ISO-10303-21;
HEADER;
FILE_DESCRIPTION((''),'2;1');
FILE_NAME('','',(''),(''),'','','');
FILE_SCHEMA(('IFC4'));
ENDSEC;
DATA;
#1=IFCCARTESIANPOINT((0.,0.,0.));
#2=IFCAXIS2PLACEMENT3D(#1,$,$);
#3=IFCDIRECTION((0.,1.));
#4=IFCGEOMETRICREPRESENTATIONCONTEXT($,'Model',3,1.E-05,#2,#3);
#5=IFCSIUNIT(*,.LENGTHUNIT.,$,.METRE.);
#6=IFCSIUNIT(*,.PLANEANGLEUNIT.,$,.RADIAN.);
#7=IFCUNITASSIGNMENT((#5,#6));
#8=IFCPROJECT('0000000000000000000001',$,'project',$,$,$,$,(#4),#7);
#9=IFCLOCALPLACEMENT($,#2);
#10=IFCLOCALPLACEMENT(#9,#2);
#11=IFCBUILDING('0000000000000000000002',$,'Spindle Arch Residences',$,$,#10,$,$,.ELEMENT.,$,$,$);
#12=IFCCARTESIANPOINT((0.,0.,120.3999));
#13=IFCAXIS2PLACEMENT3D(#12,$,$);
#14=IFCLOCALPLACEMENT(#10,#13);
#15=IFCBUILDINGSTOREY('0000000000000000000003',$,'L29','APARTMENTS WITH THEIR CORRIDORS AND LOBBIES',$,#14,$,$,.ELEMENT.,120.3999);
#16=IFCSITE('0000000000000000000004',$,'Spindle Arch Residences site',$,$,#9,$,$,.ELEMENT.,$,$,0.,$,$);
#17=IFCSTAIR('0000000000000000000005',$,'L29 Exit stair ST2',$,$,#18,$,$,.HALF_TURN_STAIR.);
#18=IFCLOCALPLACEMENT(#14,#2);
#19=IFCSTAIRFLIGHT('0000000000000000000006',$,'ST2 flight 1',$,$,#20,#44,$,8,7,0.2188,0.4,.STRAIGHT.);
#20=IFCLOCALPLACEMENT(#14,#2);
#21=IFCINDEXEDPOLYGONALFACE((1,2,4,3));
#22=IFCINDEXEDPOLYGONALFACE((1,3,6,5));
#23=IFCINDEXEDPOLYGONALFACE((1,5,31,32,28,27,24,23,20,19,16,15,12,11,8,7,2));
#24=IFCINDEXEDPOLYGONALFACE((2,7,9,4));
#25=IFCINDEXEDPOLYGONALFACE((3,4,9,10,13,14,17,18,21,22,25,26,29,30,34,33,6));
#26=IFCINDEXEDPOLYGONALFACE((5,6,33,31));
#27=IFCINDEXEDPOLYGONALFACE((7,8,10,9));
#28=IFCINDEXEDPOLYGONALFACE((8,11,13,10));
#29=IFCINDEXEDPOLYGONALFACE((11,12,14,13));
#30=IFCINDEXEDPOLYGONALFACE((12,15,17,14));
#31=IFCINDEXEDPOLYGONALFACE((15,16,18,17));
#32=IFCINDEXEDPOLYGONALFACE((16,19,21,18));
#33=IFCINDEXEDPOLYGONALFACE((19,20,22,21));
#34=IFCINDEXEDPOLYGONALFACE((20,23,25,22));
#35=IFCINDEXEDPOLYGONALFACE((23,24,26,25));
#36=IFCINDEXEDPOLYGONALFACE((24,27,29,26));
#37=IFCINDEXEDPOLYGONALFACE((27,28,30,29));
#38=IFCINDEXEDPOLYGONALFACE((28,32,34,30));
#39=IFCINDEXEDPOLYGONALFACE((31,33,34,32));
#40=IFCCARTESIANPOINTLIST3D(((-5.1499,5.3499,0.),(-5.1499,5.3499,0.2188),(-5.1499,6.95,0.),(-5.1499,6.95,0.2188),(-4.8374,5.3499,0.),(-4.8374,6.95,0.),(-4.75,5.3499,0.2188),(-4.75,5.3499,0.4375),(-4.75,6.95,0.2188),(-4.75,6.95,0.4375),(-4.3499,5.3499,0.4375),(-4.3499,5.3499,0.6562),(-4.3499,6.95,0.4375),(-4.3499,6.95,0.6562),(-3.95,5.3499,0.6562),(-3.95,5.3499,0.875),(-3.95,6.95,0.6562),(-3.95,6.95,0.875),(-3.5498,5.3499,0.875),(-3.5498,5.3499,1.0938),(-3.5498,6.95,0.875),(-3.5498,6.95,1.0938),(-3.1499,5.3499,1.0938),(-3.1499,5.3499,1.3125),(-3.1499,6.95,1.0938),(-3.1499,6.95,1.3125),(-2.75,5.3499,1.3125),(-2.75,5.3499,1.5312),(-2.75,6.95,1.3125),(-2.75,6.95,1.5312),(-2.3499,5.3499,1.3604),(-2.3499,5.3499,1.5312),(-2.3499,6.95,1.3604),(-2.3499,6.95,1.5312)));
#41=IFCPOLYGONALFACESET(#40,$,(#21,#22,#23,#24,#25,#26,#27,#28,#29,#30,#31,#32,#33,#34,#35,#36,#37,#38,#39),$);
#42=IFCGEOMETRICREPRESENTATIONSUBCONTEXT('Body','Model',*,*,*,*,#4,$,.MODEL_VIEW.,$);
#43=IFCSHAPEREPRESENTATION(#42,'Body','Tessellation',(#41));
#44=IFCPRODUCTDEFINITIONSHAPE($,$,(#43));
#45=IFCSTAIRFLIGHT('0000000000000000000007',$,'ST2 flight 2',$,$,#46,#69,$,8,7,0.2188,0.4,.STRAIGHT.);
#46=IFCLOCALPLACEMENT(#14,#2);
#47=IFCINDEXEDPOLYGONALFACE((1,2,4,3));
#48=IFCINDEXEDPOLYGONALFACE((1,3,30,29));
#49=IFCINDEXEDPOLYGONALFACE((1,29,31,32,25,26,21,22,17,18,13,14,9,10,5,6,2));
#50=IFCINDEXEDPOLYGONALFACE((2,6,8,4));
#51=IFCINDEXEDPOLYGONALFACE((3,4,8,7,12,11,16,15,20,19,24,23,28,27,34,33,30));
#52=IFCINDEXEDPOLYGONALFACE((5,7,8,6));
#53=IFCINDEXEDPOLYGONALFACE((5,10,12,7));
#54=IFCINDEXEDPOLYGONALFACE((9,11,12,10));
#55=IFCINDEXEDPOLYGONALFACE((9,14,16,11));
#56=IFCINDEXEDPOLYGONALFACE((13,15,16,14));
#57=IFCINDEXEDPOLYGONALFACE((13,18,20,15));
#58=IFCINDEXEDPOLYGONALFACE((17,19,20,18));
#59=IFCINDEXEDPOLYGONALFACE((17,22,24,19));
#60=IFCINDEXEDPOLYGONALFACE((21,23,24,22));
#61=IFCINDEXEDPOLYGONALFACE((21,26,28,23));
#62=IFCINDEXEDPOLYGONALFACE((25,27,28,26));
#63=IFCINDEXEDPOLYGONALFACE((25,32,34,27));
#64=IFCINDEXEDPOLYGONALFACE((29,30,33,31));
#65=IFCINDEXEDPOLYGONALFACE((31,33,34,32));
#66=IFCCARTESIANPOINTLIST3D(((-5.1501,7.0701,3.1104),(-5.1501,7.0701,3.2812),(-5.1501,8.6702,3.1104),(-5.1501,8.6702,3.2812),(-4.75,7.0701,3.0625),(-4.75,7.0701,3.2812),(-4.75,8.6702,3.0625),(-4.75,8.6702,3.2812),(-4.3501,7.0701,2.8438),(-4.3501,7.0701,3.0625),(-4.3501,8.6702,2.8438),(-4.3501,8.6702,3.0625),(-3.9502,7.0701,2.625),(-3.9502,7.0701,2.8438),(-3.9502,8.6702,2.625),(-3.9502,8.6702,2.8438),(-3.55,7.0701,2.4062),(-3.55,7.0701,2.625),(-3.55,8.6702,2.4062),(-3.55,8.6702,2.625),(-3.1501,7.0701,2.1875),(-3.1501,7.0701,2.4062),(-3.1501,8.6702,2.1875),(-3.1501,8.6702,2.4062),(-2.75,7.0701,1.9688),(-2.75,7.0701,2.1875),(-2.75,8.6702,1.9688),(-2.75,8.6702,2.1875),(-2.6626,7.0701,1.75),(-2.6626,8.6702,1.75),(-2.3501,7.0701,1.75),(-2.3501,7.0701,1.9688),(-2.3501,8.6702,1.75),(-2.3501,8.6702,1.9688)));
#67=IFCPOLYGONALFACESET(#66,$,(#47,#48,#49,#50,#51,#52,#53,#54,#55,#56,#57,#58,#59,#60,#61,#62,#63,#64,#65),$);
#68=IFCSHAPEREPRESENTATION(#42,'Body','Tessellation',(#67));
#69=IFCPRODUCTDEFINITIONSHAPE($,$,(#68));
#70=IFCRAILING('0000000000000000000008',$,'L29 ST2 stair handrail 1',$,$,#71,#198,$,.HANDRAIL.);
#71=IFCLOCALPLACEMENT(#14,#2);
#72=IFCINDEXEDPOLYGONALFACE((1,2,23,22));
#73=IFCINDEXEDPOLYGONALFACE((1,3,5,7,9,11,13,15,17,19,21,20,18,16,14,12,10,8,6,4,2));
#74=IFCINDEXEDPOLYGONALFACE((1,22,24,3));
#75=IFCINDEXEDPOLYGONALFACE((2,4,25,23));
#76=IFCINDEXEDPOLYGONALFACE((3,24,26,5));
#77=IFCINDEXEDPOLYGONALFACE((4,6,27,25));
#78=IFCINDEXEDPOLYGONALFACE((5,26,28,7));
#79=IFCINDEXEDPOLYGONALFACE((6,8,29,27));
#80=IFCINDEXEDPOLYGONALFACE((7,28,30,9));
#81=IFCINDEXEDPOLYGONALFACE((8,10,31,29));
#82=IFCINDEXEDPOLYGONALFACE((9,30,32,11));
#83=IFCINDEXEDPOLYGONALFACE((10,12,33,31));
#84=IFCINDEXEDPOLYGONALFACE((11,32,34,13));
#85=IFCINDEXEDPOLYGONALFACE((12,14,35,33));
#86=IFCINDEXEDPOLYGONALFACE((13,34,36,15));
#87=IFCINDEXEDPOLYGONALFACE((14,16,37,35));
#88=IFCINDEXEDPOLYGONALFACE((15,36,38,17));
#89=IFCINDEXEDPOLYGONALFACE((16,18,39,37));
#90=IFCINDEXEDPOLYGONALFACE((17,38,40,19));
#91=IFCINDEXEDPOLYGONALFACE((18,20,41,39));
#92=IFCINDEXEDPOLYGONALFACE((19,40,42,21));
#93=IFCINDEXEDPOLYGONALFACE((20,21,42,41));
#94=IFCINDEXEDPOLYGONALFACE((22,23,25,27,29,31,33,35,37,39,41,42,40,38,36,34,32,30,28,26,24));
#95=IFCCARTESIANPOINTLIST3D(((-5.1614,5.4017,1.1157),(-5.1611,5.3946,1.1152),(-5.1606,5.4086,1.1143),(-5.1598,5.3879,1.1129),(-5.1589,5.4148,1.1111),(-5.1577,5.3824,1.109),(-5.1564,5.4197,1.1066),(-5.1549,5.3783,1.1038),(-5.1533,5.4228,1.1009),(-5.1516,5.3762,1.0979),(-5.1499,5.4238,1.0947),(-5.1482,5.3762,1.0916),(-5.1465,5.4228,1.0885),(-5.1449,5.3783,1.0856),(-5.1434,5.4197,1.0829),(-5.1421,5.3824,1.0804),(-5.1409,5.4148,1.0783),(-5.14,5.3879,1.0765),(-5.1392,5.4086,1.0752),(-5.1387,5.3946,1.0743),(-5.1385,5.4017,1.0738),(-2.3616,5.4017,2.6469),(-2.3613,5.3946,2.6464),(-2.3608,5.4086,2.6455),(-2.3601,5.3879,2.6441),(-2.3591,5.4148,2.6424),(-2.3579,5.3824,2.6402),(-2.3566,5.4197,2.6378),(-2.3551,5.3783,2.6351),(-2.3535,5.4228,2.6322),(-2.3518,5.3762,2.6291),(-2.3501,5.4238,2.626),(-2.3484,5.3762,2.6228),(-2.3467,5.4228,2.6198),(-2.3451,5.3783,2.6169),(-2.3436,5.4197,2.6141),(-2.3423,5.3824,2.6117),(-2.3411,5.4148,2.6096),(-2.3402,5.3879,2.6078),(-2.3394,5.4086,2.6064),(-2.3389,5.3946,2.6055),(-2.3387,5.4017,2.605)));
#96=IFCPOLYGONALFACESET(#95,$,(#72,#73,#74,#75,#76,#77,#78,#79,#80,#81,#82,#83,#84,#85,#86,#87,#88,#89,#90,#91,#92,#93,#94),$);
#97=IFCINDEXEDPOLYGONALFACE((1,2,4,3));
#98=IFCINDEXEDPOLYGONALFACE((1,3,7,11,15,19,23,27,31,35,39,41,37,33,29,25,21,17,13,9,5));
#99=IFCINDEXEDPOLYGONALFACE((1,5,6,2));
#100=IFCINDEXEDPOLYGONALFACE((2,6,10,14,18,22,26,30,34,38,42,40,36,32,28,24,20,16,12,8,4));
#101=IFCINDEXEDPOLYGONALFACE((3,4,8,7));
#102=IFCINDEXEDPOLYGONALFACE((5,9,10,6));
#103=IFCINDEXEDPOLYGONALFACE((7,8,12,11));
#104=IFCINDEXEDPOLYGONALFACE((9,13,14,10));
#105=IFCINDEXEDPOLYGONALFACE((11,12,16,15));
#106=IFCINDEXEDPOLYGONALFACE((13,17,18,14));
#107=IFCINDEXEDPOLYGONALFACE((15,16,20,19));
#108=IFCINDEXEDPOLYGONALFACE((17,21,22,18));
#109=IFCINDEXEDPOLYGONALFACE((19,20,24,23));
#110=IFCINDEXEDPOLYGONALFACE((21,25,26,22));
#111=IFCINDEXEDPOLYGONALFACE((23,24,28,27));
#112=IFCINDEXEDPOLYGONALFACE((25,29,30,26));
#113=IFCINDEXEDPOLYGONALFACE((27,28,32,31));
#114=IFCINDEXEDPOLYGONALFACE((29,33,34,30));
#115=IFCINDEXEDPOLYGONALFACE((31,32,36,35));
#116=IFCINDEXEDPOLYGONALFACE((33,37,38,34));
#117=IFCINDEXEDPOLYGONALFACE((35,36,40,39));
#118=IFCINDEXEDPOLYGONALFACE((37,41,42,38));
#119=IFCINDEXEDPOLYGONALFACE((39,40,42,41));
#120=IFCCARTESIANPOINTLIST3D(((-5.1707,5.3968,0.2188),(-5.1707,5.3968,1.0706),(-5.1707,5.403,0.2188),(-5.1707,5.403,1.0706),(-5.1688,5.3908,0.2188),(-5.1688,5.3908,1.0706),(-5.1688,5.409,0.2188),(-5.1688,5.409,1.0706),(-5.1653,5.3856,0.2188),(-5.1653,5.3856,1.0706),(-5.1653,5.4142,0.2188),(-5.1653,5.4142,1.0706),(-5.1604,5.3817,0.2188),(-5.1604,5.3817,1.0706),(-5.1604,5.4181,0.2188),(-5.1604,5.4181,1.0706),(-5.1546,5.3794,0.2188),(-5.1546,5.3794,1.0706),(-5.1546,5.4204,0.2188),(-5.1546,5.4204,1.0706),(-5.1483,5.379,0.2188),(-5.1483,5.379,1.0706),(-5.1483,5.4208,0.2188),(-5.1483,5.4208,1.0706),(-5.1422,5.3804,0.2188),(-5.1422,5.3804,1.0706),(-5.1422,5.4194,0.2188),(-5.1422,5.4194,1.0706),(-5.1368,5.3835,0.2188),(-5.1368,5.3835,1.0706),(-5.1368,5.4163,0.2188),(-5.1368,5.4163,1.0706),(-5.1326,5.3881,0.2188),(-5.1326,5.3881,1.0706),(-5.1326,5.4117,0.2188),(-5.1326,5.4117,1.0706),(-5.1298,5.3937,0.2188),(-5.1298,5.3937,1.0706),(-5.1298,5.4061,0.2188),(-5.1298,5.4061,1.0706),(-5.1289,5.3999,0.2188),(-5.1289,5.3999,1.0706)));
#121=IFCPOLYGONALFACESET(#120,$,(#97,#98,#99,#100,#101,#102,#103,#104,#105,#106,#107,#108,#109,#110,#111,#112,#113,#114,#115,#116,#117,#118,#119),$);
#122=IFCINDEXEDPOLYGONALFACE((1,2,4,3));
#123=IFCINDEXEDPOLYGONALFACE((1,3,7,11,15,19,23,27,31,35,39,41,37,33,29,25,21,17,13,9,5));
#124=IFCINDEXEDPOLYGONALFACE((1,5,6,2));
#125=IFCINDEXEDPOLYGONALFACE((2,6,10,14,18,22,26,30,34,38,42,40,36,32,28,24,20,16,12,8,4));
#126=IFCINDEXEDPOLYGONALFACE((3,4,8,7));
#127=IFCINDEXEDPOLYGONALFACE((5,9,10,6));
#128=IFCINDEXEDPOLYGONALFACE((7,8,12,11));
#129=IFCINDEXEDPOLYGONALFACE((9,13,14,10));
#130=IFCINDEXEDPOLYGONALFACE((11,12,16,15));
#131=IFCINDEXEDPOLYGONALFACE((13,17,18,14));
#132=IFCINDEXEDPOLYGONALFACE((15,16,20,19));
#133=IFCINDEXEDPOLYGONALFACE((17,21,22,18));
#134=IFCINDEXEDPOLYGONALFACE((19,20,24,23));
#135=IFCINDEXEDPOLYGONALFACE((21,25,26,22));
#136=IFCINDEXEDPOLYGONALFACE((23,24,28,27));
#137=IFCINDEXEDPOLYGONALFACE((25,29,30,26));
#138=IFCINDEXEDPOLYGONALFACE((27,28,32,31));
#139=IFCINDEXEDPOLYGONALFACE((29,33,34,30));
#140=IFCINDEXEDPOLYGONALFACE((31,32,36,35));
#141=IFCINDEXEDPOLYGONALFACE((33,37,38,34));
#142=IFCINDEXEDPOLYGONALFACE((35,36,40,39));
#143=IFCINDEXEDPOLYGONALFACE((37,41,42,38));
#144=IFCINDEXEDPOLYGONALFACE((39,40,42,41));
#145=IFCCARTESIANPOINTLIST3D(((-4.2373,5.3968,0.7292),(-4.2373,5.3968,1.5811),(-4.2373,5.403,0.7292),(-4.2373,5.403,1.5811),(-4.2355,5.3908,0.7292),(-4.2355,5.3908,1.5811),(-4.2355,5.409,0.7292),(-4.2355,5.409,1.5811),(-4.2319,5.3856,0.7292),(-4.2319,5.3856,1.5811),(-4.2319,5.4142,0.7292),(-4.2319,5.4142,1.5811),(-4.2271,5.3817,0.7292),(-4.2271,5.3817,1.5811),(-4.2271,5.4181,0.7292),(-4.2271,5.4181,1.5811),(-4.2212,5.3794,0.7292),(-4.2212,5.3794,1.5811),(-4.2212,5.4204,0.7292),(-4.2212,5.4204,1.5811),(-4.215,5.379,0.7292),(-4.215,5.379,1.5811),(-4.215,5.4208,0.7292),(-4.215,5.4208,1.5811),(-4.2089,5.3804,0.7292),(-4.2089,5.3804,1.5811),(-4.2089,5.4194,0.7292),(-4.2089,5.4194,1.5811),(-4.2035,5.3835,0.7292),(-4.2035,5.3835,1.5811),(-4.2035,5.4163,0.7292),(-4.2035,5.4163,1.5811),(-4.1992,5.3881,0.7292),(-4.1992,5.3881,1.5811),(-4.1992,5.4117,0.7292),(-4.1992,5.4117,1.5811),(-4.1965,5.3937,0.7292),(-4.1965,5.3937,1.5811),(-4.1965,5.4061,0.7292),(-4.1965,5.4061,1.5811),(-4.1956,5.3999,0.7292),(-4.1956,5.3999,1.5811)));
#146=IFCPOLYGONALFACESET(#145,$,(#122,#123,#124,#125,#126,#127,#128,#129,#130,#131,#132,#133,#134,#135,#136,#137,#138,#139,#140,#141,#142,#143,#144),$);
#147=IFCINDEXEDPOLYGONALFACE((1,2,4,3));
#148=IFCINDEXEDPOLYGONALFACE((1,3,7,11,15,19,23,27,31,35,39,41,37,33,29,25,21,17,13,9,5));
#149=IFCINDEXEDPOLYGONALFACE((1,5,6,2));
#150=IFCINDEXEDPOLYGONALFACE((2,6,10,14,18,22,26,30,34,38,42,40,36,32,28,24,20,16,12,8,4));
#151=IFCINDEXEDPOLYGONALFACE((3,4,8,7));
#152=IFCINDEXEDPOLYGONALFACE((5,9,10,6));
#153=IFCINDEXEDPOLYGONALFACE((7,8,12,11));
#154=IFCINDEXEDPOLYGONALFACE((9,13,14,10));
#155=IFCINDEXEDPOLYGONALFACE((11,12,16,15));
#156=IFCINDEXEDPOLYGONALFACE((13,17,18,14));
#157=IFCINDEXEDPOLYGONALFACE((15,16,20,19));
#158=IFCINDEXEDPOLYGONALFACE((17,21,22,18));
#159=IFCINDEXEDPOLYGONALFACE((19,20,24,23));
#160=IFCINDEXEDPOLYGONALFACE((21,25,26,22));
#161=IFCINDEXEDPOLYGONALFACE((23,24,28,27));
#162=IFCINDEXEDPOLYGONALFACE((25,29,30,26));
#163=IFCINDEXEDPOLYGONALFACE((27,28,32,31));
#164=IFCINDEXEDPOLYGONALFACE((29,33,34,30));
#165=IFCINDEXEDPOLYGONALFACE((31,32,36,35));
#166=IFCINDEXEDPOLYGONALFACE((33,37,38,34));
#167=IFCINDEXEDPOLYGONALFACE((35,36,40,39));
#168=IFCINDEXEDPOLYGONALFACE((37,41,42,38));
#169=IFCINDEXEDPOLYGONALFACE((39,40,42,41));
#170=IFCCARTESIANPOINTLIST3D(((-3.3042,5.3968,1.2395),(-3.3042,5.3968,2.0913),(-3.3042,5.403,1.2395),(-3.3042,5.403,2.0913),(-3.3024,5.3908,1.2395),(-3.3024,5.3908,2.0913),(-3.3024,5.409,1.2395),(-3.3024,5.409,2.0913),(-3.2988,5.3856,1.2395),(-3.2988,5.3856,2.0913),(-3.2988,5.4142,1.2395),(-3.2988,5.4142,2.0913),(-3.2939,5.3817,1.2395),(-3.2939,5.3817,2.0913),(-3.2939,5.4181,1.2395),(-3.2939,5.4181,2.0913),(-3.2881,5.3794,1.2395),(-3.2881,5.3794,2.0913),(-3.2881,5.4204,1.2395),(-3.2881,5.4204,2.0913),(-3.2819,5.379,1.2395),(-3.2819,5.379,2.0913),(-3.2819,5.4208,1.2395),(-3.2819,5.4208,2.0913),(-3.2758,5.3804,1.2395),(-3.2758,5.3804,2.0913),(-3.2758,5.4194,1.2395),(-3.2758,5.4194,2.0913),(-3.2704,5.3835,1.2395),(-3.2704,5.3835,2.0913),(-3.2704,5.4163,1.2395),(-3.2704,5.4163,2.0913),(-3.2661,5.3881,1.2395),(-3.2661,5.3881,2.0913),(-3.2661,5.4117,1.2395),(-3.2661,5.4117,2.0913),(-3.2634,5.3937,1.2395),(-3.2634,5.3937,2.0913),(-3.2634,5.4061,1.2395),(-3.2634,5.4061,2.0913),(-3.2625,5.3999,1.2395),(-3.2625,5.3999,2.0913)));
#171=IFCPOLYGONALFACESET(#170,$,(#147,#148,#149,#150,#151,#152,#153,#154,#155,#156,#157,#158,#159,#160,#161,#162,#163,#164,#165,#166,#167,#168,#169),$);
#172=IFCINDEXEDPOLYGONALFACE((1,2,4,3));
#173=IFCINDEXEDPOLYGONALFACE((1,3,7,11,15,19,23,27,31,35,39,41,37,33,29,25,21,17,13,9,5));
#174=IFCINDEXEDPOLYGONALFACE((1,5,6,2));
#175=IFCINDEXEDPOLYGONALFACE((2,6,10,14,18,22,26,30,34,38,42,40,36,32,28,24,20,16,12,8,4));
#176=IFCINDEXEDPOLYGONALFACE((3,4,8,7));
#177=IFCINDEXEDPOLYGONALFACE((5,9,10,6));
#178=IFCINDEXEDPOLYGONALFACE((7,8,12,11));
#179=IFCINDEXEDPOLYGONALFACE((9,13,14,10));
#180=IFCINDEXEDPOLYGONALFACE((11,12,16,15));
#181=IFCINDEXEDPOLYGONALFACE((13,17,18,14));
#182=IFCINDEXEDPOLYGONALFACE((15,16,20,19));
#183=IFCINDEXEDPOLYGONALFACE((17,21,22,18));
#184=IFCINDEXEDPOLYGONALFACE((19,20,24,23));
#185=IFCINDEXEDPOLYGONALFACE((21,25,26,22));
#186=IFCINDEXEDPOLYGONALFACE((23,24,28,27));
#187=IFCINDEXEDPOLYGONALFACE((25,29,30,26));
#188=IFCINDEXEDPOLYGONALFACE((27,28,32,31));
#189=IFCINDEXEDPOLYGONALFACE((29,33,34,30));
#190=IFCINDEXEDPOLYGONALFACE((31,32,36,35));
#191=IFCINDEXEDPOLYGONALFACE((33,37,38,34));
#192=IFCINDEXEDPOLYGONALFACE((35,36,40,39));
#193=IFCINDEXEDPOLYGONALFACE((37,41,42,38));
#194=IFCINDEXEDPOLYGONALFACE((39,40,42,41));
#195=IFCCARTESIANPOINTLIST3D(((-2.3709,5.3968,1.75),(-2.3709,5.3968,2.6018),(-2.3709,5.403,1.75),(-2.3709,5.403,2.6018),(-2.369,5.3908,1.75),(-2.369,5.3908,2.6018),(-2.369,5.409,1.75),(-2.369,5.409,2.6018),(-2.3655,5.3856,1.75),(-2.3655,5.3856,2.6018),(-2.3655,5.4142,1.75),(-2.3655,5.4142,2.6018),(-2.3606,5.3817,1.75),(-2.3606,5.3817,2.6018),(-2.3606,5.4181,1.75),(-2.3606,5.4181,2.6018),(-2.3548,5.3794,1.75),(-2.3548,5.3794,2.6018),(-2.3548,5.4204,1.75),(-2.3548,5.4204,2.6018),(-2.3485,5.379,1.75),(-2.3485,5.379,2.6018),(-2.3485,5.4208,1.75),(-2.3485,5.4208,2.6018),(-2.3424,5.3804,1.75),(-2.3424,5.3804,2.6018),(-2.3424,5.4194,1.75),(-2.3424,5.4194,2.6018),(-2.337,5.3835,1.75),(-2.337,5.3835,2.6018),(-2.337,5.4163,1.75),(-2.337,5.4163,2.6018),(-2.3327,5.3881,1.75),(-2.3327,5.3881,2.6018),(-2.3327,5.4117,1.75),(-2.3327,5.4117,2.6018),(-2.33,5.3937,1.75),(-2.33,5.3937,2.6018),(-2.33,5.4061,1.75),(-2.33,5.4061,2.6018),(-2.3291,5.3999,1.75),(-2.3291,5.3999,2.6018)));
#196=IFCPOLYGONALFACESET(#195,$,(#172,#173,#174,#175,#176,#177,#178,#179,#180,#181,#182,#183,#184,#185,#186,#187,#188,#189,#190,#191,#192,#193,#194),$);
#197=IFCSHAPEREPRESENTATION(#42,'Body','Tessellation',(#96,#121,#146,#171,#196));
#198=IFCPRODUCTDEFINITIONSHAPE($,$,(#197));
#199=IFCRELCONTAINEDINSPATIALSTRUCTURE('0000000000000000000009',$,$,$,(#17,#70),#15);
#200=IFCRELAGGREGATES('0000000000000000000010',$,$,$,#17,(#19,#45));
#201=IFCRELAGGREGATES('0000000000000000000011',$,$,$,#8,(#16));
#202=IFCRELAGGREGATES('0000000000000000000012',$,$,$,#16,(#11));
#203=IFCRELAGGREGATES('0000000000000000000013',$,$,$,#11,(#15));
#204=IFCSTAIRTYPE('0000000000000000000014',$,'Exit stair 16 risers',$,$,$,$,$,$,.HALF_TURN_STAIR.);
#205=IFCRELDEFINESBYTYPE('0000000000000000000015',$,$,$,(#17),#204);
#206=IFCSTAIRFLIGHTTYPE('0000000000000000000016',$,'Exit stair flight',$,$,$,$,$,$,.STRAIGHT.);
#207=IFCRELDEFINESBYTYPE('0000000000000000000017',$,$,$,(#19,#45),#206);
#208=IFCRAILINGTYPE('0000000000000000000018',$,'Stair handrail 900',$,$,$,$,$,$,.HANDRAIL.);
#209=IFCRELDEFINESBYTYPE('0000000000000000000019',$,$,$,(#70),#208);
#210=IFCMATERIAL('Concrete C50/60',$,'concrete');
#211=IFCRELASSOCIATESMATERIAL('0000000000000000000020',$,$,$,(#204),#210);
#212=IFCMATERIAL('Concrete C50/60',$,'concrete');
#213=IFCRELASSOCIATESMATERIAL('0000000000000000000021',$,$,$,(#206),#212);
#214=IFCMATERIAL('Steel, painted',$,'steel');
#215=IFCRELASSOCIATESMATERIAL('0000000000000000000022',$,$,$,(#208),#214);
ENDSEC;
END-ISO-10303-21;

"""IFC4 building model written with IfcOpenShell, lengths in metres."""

from ifc_helpers import new_model, si_unit, direction, frame, origin, origin_2d, place, context, subcontext, project, spatial, polyline, circle, outline, extrude, material, type_object, element, aggregate, save


model = new_model("IFC4")

# Units and contexts
model_context = context("Model", 3, precision=1e-05, world=origin(), true_north=direction((0.0, 1.0)))
body_context = subcontext(model_context, "Body", "Model", "MODEL_VIEW")
ifc_project = project(units=[si_unit("LENGTHUNIT", "METRE"), si_unit("PLANEANGLEUNIT", "RADIAN")], contexts=[model_context])

# Site, building, storey
site_placement = place(None, origin())
site = spatial("IfcSite", under=ifc_project, at=site_placement, Name="Spindle Arch Residences site", CompositionType="ELEMENT", RefElevation=0.0)
building_placement = place(site_placement, origin())
building = spatial("IfcBuilding", under=site, at=building_placement, Name="Spindle Arch Residences", CompositionType="ELEMENT")
storey_placement = place(building_placement, frame((0.0, 0.0, 120.3999)))
storey = spatial("IfcBuildingStorey", under=building, at=storey_placement, Name="L29", Description="APARTMENTS WITH THEIR CORRIDORS AND LOBBIES", CompositionType="ELEMENT", Elevation=120.3999)

# Stair, stair flights
ifc_material_1 = material(Name="Concrete C50/60", Category="concrete")
stair_type = type_object("IfcStairType", Name="Exit stair 16 risers", PredefinedType="HALF_TURN_STAIR", material=ifc_material_1)
stair_placement = place(storey_placement, origin())
stair = element("IfcStair", 1, at=stair_placement, inside=storey, type_object=stair_type, Name="L29 Exit stair ST2", PredefinedType="HALF_TURN_STAIR")
ifc_material_2 = material(Name="Concrete C50/60", Category="concrete")
stair_flight_type = type_object("IfcStairFlightType", Name="Exit stair flight", PredefinedType="STRAIGHT", material=ifc_material_2)
stair_flight_1_placement = place(storey_placement, frame((-5.1499, 6.1499, 0.0), z_axis=(0.0, 0.0, 1.0), x_axis=(1.0, 0.0, 0.0)))
stair_flight_1 = element("IfcStairFlight", 2, at=stair_flight_1_placement, type_object=stair_flight_type, Name="ST2 flight 1", NumberOfRisers=8, NumberOfTreads=7, PredefinedType="STRAIGHT", RiserHeight=0.2188, TreadLength=0.4, context=body_context, shape_type="SweptSolid", body=[
    extrude(outline(polyline([(0.0, 0.0), (0.0, 0.2188), (0.3999, 0.2188), (0.3999, 0.4375), (0.8, 0.4375), (0.8, 0.6562), (1.2, 0.6562), (1.2, 0.875), (1.6001, 0.875), (1.6001, 1.0938), (2.0, 1.0938), (2.0, 1.3125), (2.3999, 1.3125), (2.3999, 1.5312), (2.8, 1.5312), (2.8, 1.75), (2.8, 1.3604), (0.3125, 0.0), (0.0, 0.0)])), frame((0.0, 0.8, 0.0), z_axis=(0.0, -1.0, 0.0), x_axis=(1.0, 0.0, 0.0)), (0.0, 0.0, 1.0), 1.6001),
])
stair_flight_2_placement = place(storey_placement, frame((-2.3501, 7.8701, 1.75), z_axis=(0.0, 0.0, 1.0), x_axis=(-1.0, 0.0, 0.0)))
stair_flight_2 = element("IfcStairFlight", 3, at=stair_flight_2_placement, type_object=stair_flight_type, Name="ST2 flight 2", NumberOfRisers=8, NumberOfTreads=7, PredefinedType="STRAIGHT", RiserHeight=0.2188, TreadLength=0.4, context=body_context, shape_type="SweptSolid", body=[
    extrude(outline(polyline([(0.0, 0.0), (0.0, 0.2188), (0.3999, 0.2188), (0.3999, 0.4375), (0.8, 0.4375), (0.8, 0.6562), (1.2, 0.6562), (1.2, 0.875), (1.6001, 0.875), (1.6001, 1.0938), (2.0, 1.0938), (2.0, 1.3125), (2.3999, 1.3125), (2.3999, 1.5312), (2.8, 1.5312), (2.8, 1.75), (2.8, 1.3604), (0.3125, 0.0), (0.0, 0.0)])), frame((0.0, 0.8, 0.0), z_axis=(0.0, -1.0, 0.0), x_axis=(1.0, 0.0, 0.0)), (0.0, 0.0, 1.0), 1.6001),
])
aggregate(stair, [stair_flight_1, stair_flight_2])

# Railing
ifc_material_3 = material(Name="Steel, painted", Category="steel")
railing_type_1 = type_object("IfcRailingType", Name="Stair handrail 900", PredefinedType="HANDRAIL", material=ifc_material_3)
railing_1_placement = place(storey_placement, frame((-5.1499, 5.3999, 0.2188)))
element("IfcRailing", 4, at=railing_1_placement, inside=storey, type_object=railing_type_1, Name="L29 ST2 stair handrail 1", PredefinedType="HANDRAIL", context=body_context, shape_type="SweptSolid", body=[
    extrude(circle(Radius=0.0239, at=origin_2d()), frame((0.0, 0.0, 0.876), z_axis=(0.877357, 0.0, 0.479838), x_axis=(0.0, 1.0, 0.0)), (0.0, 0.0, 1.0), 3.1912),
    extrude(circle(Radius=0.021, at=origin_2d()), origin(), (0.0, 0.0, 1.0), 0.8518),
    extrude(circle(Radius=0.021, at=origin_2d()), frame((0.9333, 0.0, 0.5105)), (0.0, 0.0, 1.0), 0.8518),
    extrude(circle(Radius=0.021, at=origin_2d()), frame((1.8665, 0.0, 1.0208)), (0.0, 0.0, 1.0), 0.8518),
    extrude(circle(Radius=0.021, at=origin_2d()), frame((2.7998, 0.0, 1.5312)), (0.0, 0.0, 1.0), 0.8518),
])

save(model, "model.ifc")
